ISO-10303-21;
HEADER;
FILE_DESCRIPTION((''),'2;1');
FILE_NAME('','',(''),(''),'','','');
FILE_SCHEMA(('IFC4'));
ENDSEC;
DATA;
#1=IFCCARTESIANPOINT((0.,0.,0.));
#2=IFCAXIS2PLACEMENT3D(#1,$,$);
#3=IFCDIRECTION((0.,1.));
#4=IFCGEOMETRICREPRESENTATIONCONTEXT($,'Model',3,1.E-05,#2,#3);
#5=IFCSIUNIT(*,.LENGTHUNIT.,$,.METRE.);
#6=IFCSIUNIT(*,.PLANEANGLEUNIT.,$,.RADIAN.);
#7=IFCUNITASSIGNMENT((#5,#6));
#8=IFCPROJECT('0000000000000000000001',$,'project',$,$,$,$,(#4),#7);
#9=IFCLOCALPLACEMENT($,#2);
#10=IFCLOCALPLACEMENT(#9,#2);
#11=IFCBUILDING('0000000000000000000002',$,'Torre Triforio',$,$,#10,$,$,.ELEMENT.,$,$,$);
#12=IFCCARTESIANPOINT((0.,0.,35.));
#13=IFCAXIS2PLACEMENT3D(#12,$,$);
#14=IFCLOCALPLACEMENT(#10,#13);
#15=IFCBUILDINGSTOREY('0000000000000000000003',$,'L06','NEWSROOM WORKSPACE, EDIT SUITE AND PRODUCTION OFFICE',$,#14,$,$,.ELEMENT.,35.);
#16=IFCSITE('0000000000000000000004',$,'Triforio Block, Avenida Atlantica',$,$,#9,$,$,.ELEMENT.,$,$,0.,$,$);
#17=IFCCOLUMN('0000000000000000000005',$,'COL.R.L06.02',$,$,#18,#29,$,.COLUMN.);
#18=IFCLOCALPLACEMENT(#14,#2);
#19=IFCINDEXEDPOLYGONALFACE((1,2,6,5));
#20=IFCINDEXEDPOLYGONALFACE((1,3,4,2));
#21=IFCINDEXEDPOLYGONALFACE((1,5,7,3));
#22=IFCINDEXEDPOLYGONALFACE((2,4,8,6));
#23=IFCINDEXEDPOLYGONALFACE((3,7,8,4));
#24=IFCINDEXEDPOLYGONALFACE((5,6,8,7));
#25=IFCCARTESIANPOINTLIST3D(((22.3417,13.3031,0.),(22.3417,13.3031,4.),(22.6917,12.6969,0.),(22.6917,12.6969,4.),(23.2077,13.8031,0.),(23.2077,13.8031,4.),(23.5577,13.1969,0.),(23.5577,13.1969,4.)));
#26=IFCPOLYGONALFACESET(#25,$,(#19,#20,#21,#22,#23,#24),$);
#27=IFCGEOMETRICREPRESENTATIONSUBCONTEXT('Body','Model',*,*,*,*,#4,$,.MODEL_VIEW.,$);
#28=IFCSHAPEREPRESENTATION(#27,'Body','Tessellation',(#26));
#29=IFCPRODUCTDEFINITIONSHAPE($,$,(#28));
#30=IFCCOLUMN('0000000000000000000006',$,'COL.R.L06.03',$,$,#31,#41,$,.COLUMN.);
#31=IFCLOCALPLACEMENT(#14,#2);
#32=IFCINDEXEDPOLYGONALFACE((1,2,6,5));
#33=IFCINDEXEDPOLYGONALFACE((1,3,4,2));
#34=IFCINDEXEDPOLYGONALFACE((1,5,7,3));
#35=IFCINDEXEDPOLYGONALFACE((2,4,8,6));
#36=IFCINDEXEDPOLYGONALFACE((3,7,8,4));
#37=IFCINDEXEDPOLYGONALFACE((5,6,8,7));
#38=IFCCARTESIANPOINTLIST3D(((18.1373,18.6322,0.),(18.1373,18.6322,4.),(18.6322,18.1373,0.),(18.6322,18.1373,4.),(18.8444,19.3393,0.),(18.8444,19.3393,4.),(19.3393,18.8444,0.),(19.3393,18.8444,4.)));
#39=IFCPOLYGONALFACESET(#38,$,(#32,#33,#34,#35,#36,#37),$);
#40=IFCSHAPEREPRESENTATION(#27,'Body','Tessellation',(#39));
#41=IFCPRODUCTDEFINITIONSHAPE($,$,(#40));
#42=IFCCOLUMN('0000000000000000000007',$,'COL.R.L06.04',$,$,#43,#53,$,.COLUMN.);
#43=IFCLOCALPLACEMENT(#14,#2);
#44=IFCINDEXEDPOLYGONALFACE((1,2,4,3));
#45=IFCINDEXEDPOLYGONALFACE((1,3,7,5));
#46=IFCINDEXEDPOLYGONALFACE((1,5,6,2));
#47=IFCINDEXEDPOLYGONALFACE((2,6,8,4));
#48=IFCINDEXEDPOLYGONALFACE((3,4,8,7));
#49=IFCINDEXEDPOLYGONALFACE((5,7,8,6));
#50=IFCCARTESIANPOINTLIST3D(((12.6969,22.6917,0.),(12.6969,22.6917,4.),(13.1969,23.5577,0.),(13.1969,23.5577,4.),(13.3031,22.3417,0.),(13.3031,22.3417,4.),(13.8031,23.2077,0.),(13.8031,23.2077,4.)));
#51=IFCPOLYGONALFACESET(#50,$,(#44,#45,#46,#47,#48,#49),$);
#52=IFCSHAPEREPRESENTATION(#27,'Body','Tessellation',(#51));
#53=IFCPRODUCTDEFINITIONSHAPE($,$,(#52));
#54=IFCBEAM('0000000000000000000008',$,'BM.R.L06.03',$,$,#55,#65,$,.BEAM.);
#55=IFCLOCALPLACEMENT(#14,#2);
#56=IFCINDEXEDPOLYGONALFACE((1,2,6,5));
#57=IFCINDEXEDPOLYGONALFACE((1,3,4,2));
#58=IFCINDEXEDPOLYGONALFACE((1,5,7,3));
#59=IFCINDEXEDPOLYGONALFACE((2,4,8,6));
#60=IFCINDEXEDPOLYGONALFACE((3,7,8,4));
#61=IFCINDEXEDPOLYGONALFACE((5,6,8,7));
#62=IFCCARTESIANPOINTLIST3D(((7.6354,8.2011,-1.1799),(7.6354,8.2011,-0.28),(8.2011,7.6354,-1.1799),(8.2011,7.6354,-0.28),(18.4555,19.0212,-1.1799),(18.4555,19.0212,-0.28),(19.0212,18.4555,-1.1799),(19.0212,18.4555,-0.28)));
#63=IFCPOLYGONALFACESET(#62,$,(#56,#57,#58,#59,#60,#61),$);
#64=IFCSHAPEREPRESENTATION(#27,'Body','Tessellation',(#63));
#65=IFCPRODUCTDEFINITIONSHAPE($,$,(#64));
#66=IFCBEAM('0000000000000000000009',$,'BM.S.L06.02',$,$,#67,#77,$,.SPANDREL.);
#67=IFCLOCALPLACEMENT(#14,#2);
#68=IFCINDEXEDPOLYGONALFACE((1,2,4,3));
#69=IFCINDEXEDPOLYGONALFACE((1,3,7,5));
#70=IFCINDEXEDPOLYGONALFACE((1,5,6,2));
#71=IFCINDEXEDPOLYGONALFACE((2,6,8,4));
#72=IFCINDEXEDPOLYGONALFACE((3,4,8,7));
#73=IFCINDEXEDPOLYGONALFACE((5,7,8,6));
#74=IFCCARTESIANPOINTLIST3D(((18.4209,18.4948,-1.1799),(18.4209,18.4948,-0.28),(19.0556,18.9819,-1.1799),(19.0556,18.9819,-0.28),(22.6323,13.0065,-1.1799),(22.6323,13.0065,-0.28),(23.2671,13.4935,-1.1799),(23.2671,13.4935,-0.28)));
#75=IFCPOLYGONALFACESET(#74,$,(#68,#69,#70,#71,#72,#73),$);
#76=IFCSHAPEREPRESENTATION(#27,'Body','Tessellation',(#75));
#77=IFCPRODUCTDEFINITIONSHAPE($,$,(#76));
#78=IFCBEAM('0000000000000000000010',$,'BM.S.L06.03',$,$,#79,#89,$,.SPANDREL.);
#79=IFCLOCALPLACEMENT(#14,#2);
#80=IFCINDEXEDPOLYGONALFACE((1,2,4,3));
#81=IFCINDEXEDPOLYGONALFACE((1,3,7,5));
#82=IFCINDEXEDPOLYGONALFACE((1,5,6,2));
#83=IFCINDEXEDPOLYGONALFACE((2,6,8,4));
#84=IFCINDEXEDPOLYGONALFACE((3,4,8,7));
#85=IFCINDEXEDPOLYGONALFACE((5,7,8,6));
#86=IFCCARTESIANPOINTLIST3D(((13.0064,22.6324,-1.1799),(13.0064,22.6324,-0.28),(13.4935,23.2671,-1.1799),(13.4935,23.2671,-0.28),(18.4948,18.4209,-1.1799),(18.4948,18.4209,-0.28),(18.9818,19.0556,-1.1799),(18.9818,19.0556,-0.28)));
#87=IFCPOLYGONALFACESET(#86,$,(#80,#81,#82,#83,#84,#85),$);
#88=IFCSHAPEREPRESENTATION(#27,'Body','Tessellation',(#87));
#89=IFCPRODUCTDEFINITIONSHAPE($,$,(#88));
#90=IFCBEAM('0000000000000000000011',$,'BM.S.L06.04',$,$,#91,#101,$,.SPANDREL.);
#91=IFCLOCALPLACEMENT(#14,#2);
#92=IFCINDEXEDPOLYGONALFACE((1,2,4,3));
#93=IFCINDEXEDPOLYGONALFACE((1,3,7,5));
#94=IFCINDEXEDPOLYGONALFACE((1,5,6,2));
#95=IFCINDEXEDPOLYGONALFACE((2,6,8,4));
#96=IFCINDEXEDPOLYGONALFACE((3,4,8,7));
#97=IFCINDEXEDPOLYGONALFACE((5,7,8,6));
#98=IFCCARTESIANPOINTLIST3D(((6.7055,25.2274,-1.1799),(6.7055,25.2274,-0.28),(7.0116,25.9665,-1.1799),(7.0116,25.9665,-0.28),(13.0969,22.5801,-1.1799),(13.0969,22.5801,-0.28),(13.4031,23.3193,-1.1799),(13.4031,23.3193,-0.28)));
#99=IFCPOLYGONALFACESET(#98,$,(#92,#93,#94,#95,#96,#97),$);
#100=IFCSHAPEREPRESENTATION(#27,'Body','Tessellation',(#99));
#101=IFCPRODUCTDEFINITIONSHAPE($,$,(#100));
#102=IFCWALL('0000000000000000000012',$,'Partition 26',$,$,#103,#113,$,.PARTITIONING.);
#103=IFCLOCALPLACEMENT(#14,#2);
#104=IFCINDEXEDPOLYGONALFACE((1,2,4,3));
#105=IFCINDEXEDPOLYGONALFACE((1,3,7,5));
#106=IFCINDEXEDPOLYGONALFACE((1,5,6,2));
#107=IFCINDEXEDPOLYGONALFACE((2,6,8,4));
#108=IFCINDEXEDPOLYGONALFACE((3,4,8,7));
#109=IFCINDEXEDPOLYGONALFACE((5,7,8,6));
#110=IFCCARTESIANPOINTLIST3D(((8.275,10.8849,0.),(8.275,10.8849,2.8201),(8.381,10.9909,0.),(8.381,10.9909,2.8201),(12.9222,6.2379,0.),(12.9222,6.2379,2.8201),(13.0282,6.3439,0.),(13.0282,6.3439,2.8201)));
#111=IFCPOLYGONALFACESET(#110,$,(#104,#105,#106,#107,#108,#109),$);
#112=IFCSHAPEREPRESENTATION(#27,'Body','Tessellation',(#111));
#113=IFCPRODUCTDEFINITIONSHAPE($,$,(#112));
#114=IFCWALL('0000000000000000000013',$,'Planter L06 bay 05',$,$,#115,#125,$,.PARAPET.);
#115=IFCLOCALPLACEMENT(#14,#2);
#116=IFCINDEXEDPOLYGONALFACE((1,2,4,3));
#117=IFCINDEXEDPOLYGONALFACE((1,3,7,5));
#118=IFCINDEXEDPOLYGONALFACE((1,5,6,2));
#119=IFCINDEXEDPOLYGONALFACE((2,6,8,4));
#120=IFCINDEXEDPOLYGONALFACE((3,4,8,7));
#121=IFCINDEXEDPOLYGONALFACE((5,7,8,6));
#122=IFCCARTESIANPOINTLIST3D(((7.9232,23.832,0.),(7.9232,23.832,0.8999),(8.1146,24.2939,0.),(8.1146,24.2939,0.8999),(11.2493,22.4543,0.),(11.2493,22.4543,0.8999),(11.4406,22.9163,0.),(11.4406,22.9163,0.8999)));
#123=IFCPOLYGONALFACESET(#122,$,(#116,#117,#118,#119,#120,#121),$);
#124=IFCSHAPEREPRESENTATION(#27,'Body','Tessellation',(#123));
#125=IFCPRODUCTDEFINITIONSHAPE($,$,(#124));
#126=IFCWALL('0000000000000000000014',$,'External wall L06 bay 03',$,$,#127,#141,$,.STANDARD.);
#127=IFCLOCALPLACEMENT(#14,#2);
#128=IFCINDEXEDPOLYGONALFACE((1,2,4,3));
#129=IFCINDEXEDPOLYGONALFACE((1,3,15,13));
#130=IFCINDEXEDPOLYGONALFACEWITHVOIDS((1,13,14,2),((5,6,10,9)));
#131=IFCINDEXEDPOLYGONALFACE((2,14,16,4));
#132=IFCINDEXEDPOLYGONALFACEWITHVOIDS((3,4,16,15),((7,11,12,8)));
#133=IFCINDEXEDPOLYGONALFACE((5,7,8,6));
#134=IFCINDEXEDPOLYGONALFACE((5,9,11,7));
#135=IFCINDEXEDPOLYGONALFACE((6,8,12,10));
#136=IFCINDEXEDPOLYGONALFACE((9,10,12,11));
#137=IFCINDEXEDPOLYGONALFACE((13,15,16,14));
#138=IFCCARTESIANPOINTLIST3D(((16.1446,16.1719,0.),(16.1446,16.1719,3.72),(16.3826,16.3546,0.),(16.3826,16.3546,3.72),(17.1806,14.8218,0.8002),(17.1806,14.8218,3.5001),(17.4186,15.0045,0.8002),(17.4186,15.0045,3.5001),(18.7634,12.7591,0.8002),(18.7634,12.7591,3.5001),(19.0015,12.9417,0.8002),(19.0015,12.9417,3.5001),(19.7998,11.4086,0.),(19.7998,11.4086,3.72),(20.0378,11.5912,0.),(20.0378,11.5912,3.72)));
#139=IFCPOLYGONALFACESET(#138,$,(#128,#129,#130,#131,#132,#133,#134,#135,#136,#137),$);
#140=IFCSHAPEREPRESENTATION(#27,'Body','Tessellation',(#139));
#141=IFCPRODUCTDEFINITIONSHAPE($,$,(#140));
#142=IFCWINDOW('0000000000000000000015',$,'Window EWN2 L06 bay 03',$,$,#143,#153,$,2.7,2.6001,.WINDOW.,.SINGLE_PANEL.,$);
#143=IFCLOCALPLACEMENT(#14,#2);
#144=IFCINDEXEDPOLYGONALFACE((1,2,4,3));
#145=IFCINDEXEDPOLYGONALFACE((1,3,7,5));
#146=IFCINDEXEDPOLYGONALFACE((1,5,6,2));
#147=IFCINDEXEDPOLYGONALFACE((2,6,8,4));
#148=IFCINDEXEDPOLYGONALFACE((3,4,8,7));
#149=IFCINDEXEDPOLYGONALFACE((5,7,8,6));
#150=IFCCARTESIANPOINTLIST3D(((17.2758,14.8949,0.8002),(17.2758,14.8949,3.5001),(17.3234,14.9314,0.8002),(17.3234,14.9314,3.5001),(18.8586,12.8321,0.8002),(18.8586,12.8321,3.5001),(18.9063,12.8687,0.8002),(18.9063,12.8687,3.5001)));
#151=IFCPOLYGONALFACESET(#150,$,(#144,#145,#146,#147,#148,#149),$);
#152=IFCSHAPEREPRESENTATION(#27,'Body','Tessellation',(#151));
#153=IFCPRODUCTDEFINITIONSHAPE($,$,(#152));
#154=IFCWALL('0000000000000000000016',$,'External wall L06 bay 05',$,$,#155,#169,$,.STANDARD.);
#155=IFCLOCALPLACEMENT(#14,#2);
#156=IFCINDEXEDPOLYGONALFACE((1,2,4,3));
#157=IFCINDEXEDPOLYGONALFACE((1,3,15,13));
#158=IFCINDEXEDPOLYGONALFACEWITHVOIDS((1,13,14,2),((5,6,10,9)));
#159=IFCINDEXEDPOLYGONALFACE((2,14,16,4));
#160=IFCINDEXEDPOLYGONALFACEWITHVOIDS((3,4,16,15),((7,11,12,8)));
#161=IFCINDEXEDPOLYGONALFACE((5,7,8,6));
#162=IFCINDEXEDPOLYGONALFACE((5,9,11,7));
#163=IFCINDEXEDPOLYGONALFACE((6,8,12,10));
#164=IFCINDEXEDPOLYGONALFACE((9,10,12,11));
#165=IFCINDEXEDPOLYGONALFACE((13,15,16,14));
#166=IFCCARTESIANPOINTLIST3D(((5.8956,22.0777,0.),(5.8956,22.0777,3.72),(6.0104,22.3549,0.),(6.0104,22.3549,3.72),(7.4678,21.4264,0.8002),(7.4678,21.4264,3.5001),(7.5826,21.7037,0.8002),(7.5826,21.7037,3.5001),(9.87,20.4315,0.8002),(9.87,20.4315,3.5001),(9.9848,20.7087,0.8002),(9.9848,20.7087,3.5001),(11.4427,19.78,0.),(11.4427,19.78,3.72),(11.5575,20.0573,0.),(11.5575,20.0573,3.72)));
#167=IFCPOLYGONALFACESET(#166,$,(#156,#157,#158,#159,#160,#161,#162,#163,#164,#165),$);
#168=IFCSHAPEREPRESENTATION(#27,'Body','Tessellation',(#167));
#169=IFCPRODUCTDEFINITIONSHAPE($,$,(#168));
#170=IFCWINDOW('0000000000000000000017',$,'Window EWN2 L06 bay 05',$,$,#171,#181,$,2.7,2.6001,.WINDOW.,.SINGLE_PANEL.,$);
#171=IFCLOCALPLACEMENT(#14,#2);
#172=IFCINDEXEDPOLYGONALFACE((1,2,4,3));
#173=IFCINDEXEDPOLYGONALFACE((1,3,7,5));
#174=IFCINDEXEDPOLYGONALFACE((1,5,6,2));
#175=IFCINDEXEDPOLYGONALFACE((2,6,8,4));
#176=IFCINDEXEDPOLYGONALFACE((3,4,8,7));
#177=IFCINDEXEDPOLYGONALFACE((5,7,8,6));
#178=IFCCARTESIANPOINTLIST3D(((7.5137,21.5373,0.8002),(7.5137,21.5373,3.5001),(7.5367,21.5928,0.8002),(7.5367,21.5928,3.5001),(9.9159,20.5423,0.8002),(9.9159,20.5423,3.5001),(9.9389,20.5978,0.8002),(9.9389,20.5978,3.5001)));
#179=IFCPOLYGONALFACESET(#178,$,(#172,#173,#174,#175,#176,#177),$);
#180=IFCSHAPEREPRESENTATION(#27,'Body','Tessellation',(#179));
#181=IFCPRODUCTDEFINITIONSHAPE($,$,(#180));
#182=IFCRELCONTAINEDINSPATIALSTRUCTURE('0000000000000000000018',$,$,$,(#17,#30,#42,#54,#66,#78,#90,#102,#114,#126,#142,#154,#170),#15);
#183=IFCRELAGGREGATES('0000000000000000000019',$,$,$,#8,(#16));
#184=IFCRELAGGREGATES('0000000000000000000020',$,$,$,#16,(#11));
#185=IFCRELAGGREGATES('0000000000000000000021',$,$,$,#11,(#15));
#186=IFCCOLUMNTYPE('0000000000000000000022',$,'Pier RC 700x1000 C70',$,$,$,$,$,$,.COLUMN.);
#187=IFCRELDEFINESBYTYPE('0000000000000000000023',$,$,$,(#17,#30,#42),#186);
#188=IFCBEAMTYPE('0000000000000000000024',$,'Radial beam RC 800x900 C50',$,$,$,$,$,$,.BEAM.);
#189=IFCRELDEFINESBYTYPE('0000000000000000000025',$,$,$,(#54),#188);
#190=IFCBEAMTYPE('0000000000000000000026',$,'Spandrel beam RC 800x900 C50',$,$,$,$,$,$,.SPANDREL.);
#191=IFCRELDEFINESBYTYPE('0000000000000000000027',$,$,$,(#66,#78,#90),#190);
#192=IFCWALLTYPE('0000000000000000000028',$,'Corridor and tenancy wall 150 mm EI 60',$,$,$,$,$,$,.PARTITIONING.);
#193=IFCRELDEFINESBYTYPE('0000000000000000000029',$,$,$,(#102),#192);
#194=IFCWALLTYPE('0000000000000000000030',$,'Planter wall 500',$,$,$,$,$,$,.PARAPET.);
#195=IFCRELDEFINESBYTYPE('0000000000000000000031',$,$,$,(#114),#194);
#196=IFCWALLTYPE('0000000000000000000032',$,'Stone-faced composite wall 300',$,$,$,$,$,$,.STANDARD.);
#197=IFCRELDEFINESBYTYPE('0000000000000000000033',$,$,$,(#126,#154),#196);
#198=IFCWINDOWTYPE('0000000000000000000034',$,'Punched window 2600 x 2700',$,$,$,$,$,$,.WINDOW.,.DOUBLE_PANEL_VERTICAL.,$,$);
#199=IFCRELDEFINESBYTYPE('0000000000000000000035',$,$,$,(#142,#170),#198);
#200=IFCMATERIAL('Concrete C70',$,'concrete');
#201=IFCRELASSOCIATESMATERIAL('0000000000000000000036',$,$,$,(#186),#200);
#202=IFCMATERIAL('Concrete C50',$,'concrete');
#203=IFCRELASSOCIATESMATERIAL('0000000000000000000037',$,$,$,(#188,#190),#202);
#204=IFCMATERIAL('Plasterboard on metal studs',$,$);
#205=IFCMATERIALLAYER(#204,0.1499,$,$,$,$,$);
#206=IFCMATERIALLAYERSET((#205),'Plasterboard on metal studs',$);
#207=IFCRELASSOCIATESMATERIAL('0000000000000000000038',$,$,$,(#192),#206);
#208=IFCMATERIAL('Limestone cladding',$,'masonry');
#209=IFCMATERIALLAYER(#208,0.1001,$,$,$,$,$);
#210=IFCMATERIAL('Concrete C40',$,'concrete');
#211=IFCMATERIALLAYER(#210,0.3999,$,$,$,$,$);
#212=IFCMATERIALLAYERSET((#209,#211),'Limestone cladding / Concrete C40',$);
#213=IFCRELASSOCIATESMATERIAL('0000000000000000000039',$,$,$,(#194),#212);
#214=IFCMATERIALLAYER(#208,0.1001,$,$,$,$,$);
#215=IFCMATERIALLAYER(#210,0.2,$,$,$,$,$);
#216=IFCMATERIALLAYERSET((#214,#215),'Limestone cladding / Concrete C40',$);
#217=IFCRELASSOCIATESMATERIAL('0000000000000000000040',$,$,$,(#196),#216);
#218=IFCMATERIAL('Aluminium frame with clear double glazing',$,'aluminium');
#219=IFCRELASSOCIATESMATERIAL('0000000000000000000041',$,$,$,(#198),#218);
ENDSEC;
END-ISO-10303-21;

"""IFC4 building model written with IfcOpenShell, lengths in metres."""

from ifc_helpers import new_model, si_unit, direction, frame, frame_2d, origin, origin_2d, place, context, subcontext, project, spatial, rectangle, extrude, material, layer, layer_set, material_profile, profile_set, type_object, element, fill, save


model = new_model("IFC4")

# Units and contexts
model_context = context("Model", 3, precision=1e-05, world=origin(), true_north=direction((0.0, 1.0)))
body_context = subcontext(model_context, "Body", "Model", "MODEL_VIEW")
ifc_project = project(units=[si_unit("LENGTHUNIT", "METRE"), si_unit("PLANEANGLEUNIT", "RADIAN")], contexts=[model_context])

# Site, building, storey
site_placement = place(None, origin())
site = spatial("IfcSite", under=ifc_project, at=site_placement, Name="Triforio Block, Avenida Atlantica", CompositionType="ELEMENT", RefElevation=0.0)
building_placement = place(site_placement, origin())
building = spatial("IfcBuilding", under=site, at=building_placement, Name="Torre Triforio", CompositionType="ELEMENT")
storey_placement = place(building_placement, frame((0.0, 0.0, 35.0)))
storey = spatial("IfcBuildingStorey", under=building, at=storey_placement, Name="L06", Description="NEWSROOM WORKSPACE, EDIT SUITE AND PRODUCTION OFFICE", CompositionType="ELEMENT", Elevation=35.0)

# Columns
ifc_material_1 = material(Name="Concrete C70", Category="concrete")
ifc_material_profile_1 = material_profile(ifc_material_1, rectangle(XDim=0.7, YDim=1.0, at=origin_2d()), Name="RC 700x1000")
ifc_profile_set_1 = profile_set([ifc_material_profile_1], Name="Concrete C70")
column_type = type_object("IfcColumnType", Name="Pier RC 700x1000 C70", PredefinedType="COLUMN", material=ifc_profile_set_1)
for number, where, z_axis, x_axis, name in (
    (1, (22.9497, 13.25, 0.0), (0.0, 0.0, 1.0), (-0.5, 0.866025, 0.0), "COL.R.L06.02"),
    (2, (18.7383, 18.7383, 0.0), (0.0, 0.0, 1.0), (-0.707107, 0.707107, 0.0), "COL.R.L06.03"),
    (3, (13.25, 22.9497, 0.0), (0.0, 0.0, 1.0), (-0.866025, 0.5, 0.0), "COL.R.L06.04"),
):
    element("IfcColumn", number, at=place(storey_placement, frame(where, z_axis=z_axis, x_axis=x_axis)), inside=storey, type_object=column_type, Name=name, PredefinedType="COLUMN", context=body_context, shape_type="SweptSolid", body=[
        extrude(rectangle(XDim=0.7, YDim=1.0, at=origin_2d()), origin(), (0.0, 0.0, 1.0), 4.0),
    ])

# Beams
ifc_material_2 = material(Name="Concrete C50", Category="concrete")
ifc_material_profile_2 = material_profile(ifc_material_2, rectangle(XDim=0.8, YDim=0.8999, at=origin_2d()), Name="RC 800x900")
ifc_profile_set_2 = profile_set([ifc_material_profile_2], Name="Concrete C50")
beam_type_1 = type_object("IfcBeamType", Name="Radial beam RC 800x900 C50", PredefinedType="BEAM", material=ifc_profile_set_2)
beam_placement = place(storey_placement, frame((7.9182, 7.9182, -0.73), z_axis=(0.707107, 0.707107, 0.0), x_axis=(-0.707107, 0.707107, 0.0)))
element("IfcBeam", 4, at=beam_placement, inside=storey, type_object=beam_type_1, Name="BM.R.L06.03", PredefinedType="BEAM", context=body_context, shape_type="SweptSolid", body=[
    extrude(rectangle(XDim=0.8, YDim=0.8999, at=origin_2d()), origin(), (0.0, 0.0, 1.0), 15.302),
])
ifc_material_profile_3 = material_profile(ifc_material_2, rectangle(XDim=0.8, YDim=0.8999, at=origin_2d()), Name="RC 800x900")
ifc_profile_set_3 = profile_set([ifc_material_profile_3], Name="Concrete C50")
beam_type_2 = type_object("IfcBeamType", Name="Spandrel beam RC 800x900 C50", PredefinedType="SPANDREL", material=ifc_profile_set_3)
for number, where, z_axis, x_axis, name in (
    (5, (22.9497, 13.25, -0.73), (-0.608772, 0.793345, 0.0), (-0.793345, -0.608772, 0.0), "BM.S.L06.02"),
    (6, (18.7383, 18.7383, -0.73), (-0.793345, 0.608772, 0.0), (-0.608772, -0.793345, 0.0), "BM.S.L06.03"),
    (7, (13.25, 22.9497, -0.73), (-0.923888, 0.382662, 0.0), (-0.382662, -0.923888, 0.0), "BM.S.L06.04"),
):
    element("IfcBeam", number, at=place(storey_placement, frame(where, z_axis=z_axis, x_axis=x_axis)), inside=storey, type_object=beam_type_2, Name=name, PredefinedType="SPANDREL", context=body_context, shape_type="SweptSolid", body=[
        extrude(rectangle(XDim=0.8, YDim=0.8999, at=origin_2d()), origin(), (0.0, 0.0, 1.0), 6.918),
    ])

# Walls
ifc_material_3 = material(Name="Plasterboard on metal studs")
ifc_layer_1 = layer(ifc_material_3, 0.1499)
ifc_layer_set_1 = layer_set([ifc_layer_1], Name="Plasterboard on metal studs")
wall_type_1 = type_object("IfcWallType", Name="Corridor and tenancy wall 150 mm EI 60", PredefinedType="PARTITIONING", material=ifc_layer_set_1)
wall_1_placement = place(storey_placement, frame((8.3279, 10.938, 0.0), z_axis=(0.0, 0.0, 1.0), x_axis=(0.707125, -0.707088, 0.0)))
element("IfcWall", 8, at=wall_1_placement, inside=storey, type_object=wall_type_1, Name="Partition 26", PredefinedType="PARTITIONING", context=body_context, shape_type="SweptSolid", body=[
    extrude(rectangle(XDim=6.572, YDim=0.1499, at=frame_2d((3.2861, 0.0))), origin(), (0.0, 0.0, 1.0), 2.8201),
])
ifc_material_4 = material(Name="Limestone cladding", Category="masonry")
ifc_layer_2 = layer(ifc_material_4, 0.1001)
ifc_material_5 = material(Name="Concrete C40", Category="concrete")
ifc_layer_3 = layer(ifc_material_5, 0.3999)
ifc_layer_set_2 = layer_set([ifc_layer_2, ifc_layer_3], Name="Limestone cladding / Concrete C40")
wall_type_2 = type_object("IfcWallType", Name="Planter wall 500", PredefinedType="PARAPET", material=ifc_layer_set_2)
wall_2_placement = place(storey_placement, frame((11.345, 22.6853, 0.0), z_axis=(0.0, 0.0, 1.0), x_axis=(-0.923885, 0.382669, 0.0)))
element("IfcWall", 9, at=wall_2_placement, inside=storey, type_object=wall_type_2, Name="Planter L06 bay 05", PredefinedType="PARAPET", context=body_context, shape_type="SweptSolid", body=[
    extrude(rectangle(XDim=3.6001, YDim=0.5, at=frame_2d((1.8, 0.0))), origin(), (0.0, 0.0, 1.0), 0.8999),
])

# Wall, opening, window
ifc_layer_4 = layer(ifc_material_4, 0.1001)
ifc_layer_5 = layer(ifc_material_5, 0.2)
ifc_layer_set_3 = layer_set([ifc_layer_4, ifc_layer_5], Name="Limestone cladding / Concrete C40")
wall_type_3 = type_object("IfcWallType", Name="Stone-faced composite wall 300", PredefinedType="STANDARD", material=ifc_layer_set_3)
wall_3_placement = place(storey_placement, frame((19.9187, 11.5, 0.0), z_axis=(0.0, 0.0, 1.0), x_axis=(-0.608779, 0.79334, 0.0)))
wall_3 = element("IfcWall", 10, at=wall_3_placement, inside=storey, type_object=wall_type_3, Name="External wall L06 bay 03", PredefinedType="STANDARD", context=body_context, shape_type="SweptSolid", body=[
    extrude(rectangle(XDim=6.0042, YDim=0.3, at=frame_2d((3.002, 0.0))), origin(), (0.0, 0.0, 1.0), 3.72),
])
opening_1_placement = place(wall_3_placement, frame((1.7021, 0.0, 0.8)))
opening_1 = element("IfcOpeningElement", 11, at=opening_1_placement, cuts=wall_3, PredefinedType="OPENING", context=body_context, shape_type="SweptSolid", body=[
    extrude(rectangle(XDim=2.6001, YDim=2.7, at=frame_2d((1.3, 1.3501))), frame((0.0, 0.1599, 0.0), z_axis=(0.0, -1.0, 0.0), x_axis=(1.0, 0.0, 0.0)), (0.0, 0.0, 1.0), 0.3201),
])
ifc_material_6 = material(Name="Aluminium frame with clear double glazing", Category="aluminium")
window_type_1 = type_object("IfcWindowType", Name="Punched window 2600 x 2700", PartitioningType="DOUBLE_PANEL_VERTICAL", PredefinedType="WINDOW", material=ifc_material_6)
window_1_placement = place(opening_1_placement, origin())
window_1 = element("IfcWindow", 12, at=window_1_placement, inside=storey, type_object=window_type_1, Name="Window EWN2 L06 bay 03", OverallHeight=2.7, OverallWidth=2.6001, PartitioningType="SINGLE_PANEL", PredefinedType="WINDOW", context=body_context, shape_type="SweptSolid", body=[
    extrude(rectangle(XDim=2.6001, YDim=2.7, at=frame_2d((1.3, 1.3501))), frame((0.0, 0.03, 0.0), z_axis=(0.0, -1.0, 0.0), x_axis=(1.0, 0.0, 0.0)), (0.0, 0.0, 1.0), 0.0601),
])
fill(opening_1, window_1)

# Wall, opening, window
wall_4_placement = place(storey_placement, frame((11.5, 19.9187, 0.0), z_axis=(0.0, 0.0, 1.0), x_axis=(-0.923885, 0.382671, 0.0)))
wall_4 = element("IfcWall", 13, at=wall_4_placement, inside=storey, type_object=wall_type_3, Name="External wall L06 bay 05", PredefinedType="STANDARD", context=body_context, shape_type="SweptSolid", body=[
    extrude(rectangle(XDim=6.0042, YDim=0.3, at=frame_2d((3.002, 0.0))), origin(), (0.0, 0.0, 1.0), 3.72),
])
opening_2_placement = place(wall_4_placement, frame((1.7021, 0.0, 0.8)))
opening_2 = element("IfcOpeningElement", 14, at=opening_2_placement, cuts=wall_4, PredefinedType="OPENING", context=body_context, shape_type="SweptSolid", body=[
    extrude(rectangle(XDim=2.6001, YDim=2.7, at=frame_2d((1.3, 1.3501))), frame((0.0, 0.1599, 0.0), z_axis=(0.0, -1.0, 0.0), x_axis=(1.0, 0.0, 0.0)), (0.0, 0.0, 1.0), 0.3201),
])
window_2_placement = place(opening_2_placement, origin())
window_2 = element("IfcWindow", 15, at=window_2_placement, inside=storey, type_object=window_type_1, Name="Window EWN2 L06 bay 05", OverallHeight=2.7, OverallWidth=2.6001, PartitioningType="SINGLE_PANEL", PredefinedType="WINDOW", context=body_context, shape_type="SweptSolid", body=[
    extrude(rectangle(XDim=2.6001, YDim=2.7, at=frame_2d((1.3, 1.3501))), frame((0.0, 0.03, 0.0), z_axis=(0.0, -1.0, 0.0), x_axis=(1.0, 0.0, 0.0)), (0.0, 0.0, 1.0), 0.0601),
])
fill(opening_2, window_2)

save(model, "model.ifc")
